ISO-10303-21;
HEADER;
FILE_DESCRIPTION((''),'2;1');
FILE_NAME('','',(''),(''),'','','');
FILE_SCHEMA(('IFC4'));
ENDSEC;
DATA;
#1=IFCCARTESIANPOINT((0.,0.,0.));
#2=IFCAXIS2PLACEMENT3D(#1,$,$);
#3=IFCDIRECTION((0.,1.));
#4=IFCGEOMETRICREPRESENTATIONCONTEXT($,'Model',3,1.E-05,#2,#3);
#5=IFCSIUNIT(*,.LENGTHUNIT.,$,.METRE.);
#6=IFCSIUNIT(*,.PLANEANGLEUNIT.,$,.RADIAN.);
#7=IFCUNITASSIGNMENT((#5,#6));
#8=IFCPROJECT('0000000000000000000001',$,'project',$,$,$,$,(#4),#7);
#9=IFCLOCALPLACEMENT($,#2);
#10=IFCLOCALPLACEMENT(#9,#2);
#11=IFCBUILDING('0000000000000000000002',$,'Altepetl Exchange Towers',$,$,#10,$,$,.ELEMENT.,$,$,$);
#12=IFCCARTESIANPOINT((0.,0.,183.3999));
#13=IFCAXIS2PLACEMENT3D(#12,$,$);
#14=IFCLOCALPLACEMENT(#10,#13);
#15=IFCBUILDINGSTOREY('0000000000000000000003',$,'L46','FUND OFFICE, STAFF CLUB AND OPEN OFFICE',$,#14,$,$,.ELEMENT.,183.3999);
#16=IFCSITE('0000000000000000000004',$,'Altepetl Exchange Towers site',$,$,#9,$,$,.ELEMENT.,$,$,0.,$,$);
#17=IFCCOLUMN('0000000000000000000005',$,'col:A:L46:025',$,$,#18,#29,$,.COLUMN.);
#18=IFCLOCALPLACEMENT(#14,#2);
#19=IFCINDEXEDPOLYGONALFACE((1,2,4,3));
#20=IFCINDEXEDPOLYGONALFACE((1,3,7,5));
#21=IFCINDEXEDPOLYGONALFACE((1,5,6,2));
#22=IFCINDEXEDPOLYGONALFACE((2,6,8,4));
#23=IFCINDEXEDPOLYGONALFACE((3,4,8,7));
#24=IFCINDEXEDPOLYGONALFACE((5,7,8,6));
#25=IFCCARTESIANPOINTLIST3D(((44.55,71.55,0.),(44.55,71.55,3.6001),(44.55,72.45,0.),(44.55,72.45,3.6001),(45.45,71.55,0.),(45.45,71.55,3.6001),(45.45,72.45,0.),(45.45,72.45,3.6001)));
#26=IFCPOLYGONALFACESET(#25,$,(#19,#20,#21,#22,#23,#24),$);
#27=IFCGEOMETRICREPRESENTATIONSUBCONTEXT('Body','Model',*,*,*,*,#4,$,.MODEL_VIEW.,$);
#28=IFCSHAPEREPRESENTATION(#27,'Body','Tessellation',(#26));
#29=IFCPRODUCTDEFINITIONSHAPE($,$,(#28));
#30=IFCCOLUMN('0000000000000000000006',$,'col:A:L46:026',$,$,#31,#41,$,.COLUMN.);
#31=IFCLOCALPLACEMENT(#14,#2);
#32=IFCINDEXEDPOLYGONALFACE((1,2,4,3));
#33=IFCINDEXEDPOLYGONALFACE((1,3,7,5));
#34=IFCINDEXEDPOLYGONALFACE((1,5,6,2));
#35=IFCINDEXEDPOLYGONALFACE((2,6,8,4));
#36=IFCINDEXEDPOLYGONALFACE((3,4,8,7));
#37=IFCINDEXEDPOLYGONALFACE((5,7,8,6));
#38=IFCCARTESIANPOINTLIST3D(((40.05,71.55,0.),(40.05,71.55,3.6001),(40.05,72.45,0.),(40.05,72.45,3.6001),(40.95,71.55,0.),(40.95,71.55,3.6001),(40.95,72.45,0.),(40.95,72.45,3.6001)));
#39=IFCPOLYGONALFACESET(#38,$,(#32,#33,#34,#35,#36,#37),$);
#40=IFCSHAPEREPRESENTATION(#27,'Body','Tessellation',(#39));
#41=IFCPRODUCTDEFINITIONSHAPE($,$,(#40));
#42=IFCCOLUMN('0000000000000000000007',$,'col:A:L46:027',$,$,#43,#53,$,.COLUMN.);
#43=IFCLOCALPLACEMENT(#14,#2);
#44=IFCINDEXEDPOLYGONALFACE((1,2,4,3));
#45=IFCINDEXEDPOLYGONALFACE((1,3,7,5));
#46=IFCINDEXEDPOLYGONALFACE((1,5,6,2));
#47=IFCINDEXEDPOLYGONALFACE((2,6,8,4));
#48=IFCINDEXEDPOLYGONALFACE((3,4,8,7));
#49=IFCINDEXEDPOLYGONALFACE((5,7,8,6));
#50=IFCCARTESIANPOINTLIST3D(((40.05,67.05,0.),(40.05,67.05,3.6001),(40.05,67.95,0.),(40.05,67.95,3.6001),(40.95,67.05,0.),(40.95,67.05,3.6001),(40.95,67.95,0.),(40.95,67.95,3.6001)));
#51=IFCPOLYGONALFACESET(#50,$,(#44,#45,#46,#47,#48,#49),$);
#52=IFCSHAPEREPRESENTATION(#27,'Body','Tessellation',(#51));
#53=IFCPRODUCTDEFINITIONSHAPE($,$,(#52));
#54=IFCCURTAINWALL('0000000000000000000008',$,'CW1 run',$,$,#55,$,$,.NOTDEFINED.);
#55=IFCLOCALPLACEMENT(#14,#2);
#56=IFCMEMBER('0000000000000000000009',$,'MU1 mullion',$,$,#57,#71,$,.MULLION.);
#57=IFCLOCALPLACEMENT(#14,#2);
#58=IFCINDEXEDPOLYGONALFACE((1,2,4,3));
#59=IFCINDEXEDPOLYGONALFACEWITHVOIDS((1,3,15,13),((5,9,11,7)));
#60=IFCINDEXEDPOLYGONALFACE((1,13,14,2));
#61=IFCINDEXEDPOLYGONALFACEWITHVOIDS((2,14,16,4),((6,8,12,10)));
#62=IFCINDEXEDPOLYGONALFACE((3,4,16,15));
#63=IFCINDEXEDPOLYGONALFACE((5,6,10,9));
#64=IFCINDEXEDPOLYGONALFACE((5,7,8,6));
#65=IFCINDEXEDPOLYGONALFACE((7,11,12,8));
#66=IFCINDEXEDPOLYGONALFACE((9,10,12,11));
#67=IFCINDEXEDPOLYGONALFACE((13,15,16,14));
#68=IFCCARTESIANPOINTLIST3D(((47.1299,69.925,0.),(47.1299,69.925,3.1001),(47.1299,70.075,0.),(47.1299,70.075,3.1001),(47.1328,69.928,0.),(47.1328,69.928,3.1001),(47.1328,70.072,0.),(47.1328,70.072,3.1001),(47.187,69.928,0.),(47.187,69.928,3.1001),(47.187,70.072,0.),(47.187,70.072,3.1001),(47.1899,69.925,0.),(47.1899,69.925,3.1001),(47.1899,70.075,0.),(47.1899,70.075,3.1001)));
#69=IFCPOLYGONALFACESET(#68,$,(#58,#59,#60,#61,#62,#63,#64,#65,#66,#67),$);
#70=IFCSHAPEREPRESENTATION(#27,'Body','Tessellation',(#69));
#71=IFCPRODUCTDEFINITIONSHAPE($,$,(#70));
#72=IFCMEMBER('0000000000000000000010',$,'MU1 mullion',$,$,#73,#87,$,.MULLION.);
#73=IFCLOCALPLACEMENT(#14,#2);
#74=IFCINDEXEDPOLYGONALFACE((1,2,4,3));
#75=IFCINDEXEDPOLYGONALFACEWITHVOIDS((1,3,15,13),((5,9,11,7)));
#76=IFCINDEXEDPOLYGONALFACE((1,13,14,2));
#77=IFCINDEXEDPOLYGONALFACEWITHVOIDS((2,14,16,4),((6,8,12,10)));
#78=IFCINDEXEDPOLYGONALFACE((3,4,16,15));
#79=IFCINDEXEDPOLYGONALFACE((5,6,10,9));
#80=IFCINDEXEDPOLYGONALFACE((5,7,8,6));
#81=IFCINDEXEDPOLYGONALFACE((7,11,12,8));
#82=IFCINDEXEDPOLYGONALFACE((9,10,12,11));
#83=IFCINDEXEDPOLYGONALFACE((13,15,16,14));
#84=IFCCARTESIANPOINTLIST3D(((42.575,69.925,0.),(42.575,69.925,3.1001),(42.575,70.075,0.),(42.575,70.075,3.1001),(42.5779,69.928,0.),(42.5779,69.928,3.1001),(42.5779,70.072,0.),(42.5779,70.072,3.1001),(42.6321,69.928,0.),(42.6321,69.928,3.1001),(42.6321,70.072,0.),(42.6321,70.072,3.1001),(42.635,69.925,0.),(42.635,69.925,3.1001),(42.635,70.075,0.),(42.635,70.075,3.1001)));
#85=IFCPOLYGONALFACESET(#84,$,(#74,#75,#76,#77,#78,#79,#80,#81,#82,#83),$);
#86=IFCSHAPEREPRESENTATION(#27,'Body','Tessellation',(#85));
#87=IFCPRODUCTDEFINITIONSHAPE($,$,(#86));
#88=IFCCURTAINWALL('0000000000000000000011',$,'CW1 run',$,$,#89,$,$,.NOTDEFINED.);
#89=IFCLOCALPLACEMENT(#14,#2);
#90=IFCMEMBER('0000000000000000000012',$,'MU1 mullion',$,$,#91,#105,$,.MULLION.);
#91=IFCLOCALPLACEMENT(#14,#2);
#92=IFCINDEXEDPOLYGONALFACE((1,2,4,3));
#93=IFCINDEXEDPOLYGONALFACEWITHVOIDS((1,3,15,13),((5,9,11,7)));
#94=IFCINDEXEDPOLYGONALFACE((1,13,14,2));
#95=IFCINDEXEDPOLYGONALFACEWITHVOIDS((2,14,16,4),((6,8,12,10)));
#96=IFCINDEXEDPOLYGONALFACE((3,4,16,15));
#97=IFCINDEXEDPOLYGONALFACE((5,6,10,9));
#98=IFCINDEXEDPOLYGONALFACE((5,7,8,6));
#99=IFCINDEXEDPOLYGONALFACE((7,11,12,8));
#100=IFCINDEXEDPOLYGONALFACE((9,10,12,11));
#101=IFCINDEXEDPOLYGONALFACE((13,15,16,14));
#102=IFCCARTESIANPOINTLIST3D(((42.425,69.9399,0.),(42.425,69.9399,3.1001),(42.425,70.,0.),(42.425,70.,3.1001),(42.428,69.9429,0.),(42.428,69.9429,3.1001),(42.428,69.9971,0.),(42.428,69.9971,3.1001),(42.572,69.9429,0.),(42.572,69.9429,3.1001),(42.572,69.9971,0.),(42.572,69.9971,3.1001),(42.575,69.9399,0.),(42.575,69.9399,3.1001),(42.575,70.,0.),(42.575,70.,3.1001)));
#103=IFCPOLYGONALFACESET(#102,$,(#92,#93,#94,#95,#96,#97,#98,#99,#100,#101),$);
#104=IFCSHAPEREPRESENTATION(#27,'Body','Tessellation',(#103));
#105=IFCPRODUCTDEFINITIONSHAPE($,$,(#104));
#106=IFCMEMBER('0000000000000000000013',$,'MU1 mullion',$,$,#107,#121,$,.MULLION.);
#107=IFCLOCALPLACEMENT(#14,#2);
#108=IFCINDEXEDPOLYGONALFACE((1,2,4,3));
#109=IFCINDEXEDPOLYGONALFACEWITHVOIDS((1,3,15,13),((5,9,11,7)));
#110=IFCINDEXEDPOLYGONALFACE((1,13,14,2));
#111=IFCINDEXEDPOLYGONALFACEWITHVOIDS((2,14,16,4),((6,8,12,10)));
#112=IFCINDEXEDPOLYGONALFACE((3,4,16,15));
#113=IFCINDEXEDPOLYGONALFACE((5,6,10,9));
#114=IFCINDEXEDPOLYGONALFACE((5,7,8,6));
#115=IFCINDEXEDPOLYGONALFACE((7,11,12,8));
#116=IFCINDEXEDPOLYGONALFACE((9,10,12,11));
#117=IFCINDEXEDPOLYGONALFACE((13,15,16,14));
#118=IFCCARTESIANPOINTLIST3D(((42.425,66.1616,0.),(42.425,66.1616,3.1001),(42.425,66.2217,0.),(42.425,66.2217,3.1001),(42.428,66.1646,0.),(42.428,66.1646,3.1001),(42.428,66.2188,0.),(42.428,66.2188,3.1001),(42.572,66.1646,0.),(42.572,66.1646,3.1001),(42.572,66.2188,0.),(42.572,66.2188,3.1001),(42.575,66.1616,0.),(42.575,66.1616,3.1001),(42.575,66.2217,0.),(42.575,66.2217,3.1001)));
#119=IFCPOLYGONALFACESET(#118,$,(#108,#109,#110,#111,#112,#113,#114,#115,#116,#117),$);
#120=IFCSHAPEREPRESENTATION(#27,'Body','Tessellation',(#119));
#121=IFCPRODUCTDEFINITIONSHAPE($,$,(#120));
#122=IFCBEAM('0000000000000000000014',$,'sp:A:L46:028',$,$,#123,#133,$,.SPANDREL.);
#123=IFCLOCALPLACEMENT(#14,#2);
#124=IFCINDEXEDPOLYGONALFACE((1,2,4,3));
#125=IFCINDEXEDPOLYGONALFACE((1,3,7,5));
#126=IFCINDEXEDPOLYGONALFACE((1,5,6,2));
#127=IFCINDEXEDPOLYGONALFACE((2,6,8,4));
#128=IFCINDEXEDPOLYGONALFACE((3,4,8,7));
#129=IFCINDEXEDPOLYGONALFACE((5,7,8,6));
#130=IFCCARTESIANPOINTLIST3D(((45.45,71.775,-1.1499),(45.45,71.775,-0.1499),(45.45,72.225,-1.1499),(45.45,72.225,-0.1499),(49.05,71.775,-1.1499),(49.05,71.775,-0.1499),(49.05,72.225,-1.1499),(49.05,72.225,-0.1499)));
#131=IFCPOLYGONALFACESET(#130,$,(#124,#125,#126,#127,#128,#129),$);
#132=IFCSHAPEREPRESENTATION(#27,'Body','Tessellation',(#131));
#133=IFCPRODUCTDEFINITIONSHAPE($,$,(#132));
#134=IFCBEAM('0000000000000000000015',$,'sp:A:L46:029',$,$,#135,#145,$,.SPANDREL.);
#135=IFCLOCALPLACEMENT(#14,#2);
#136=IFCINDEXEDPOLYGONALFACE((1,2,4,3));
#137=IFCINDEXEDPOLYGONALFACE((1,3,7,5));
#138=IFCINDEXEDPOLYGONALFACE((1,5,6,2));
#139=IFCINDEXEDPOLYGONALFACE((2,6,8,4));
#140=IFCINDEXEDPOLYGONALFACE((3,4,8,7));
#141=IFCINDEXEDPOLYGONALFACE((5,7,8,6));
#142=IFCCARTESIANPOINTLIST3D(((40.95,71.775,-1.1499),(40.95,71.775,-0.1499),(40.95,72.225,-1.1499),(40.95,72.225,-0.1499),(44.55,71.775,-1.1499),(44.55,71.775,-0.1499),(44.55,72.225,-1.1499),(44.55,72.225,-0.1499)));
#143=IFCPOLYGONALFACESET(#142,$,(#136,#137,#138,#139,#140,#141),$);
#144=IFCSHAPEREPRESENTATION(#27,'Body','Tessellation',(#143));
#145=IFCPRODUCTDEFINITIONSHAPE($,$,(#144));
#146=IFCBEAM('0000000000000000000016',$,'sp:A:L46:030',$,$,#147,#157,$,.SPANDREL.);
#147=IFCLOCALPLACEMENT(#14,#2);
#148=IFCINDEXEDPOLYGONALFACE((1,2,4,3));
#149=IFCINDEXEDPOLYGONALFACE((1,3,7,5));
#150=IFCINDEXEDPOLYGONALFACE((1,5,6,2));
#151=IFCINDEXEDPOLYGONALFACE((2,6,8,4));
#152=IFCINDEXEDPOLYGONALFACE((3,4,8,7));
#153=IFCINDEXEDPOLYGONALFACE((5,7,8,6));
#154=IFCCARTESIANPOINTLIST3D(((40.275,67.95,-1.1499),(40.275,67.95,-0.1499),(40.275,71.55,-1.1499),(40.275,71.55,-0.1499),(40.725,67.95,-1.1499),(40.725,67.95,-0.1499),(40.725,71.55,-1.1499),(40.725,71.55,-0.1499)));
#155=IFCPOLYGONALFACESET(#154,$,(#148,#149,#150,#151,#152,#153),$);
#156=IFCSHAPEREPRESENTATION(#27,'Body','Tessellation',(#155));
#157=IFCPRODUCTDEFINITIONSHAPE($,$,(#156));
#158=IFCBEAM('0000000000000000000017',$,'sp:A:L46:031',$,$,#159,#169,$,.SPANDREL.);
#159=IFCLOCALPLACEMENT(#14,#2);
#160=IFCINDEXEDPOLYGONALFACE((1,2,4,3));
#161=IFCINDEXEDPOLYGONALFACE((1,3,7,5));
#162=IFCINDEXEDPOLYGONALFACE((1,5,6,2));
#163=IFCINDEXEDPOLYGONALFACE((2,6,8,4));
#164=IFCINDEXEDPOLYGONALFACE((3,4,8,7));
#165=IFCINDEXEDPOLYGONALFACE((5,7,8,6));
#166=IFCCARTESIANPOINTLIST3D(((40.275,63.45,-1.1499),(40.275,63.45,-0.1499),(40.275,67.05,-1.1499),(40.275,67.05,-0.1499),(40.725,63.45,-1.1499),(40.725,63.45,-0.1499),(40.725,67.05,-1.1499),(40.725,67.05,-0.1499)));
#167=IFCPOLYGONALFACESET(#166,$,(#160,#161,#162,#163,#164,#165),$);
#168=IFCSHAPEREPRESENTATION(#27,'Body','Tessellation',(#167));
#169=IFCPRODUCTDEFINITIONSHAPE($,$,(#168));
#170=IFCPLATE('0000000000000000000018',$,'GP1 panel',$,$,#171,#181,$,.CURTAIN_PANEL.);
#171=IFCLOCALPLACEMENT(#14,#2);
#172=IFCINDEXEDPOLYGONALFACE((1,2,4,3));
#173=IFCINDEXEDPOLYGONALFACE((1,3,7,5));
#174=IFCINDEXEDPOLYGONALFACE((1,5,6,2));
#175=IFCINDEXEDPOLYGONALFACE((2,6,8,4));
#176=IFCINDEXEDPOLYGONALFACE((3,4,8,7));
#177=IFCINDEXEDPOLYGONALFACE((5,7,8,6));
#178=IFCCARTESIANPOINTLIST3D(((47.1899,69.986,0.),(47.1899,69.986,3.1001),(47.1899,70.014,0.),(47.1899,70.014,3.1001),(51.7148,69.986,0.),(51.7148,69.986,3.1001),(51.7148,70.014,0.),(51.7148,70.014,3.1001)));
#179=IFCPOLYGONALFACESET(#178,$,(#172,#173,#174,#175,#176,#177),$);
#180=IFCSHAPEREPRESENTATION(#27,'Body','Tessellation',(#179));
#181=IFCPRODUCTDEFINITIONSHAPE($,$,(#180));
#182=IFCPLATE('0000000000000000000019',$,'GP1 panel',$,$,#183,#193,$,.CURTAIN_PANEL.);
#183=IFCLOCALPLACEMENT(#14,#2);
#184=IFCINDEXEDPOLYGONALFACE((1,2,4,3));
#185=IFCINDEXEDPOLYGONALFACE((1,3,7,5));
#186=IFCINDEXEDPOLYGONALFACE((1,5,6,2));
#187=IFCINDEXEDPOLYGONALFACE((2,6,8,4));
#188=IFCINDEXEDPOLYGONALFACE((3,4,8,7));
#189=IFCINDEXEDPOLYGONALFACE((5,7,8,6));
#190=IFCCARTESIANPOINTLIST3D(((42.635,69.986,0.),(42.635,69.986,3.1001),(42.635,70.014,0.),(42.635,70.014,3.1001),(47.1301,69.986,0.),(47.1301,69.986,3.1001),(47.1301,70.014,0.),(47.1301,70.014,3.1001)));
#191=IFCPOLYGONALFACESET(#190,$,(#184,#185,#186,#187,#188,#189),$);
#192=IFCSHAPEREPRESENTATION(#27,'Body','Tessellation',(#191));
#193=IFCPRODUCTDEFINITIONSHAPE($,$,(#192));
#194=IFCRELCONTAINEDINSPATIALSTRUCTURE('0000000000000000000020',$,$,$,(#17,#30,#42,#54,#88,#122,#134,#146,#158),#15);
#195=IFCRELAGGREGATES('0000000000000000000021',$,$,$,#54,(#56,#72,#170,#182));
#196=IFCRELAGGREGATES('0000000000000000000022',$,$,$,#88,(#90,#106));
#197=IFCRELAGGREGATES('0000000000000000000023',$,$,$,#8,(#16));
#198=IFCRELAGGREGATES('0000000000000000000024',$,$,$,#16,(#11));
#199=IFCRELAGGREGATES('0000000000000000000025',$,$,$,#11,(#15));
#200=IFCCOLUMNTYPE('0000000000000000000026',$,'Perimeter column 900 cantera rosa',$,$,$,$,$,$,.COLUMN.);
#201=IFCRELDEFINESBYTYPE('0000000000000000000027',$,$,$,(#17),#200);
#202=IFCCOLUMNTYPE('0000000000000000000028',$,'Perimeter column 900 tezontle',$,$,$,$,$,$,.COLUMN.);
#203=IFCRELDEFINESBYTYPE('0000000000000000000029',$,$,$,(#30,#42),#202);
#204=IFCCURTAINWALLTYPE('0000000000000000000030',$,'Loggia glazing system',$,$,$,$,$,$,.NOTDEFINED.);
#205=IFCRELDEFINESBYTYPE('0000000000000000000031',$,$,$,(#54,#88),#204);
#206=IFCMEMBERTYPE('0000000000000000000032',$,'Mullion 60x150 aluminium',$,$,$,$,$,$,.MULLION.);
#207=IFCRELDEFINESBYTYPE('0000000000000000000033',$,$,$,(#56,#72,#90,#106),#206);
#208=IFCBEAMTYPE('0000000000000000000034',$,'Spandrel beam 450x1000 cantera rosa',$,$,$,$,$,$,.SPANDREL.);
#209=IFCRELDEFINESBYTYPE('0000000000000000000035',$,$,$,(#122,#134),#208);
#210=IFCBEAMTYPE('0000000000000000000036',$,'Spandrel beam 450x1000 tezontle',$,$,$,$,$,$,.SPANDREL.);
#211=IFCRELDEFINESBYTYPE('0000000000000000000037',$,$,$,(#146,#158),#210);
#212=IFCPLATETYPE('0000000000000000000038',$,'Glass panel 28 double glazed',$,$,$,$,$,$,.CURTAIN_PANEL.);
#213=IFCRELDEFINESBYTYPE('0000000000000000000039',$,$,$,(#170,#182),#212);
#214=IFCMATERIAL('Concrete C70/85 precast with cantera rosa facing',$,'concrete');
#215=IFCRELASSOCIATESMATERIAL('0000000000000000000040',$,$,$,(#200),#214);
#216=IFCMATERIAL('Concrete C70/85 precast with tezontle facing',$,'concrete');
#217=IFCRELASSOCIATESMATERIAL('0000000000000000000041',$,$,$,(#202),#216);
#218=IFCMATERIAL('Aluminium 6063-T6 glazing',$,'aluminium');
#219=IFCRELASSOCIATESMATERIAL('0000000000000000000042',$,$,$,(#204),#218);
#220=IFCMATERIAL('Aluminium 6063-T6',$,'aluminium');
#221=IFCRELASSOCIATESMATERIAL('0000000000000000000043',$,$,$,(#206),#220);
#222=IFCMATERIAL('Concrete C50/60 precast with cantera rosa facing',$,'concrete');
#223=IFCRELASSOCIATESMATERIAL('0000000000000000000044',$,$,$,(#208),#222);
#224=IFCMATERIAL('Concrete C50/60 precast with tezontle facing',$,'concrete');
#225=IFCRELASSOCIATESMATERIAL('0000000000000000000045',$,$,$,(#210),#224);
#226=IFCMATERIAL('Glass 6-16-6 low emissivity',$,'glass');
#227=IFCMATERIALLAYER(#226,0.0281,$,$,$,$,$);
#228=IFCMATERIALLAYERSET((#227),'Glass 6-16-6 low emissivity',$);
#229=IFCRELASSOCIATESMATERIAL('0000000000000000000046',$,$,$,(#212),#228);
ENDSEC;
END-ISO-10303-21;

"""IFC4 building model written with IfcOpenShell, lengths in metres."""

from ifc_helpers import new_model, si_unit, direction, frame, origin, origin_2d, place, context, subcontext, project, spatial, rectangle, hollow_rectangle, extrude, material, layer, layer_set, material_profile, profile_set, type_object, element, aggregate, save


model = new_model("IFC4")

# Units and contexts
model_context = context("Model", 3, precision=1e-05, world=origin(), true_north=direction((0.0, 1.0)))
body_context = subcontext(model_context, "Body", "Model", "MODEL_VIEW")
ifc_project = project(units=[si_unit("LENGTHUNIT", "METRE"), si_unit("PLANEANGLEUNIT", "RADIAN")], contexts=[model_context])

# Site, building, storey
site_placement = place(None, origin())
site = spatial("IfcSite", under=ifc_project, at=site_placement, Name="Altepetl Exchange Towers site", CompositionType="ELEMENT", RefElevation=0.0)
building_placement = place(site_placement, origin())
building = spatial("IfcBuilding", under=site, at=building_placement, Name="Altepetl Exchange Towers", CompositionType="ELEMENT")
storey_placement = place(building_placement, frame((0.0, 0.0, 183.3999)))
storey = spatial("IfcBuildingStorey", under=building, at=storey_placement, Name="L46", Description="FUND OFFICE, STAFF CLUB AND OPEN OFFICE", CompositionType="ELEMENT", Elevation=183.3999)

# Columns
ifc_material_1 = material(Name="Concrete C70/85 precast with cantera rosa facing", Category="concrete")
ifc_material_profile_1 = material_profile(ifc_material_1, rectangle(XDim=0.8999, YDim=0.8999, at=origin_2d()), Name="900 x 900")
ifc_profile_set_1 = profile_set([ifc_material_profile_1], Name="Concrete C70/85 precast with cantera rosa facing")
column_type_1 = type_object("IfcColumnType", Name="Perimeter column 900 cantera rosa", PredefinedType="COLUMN", material=ifc_profile_set_1)
column_placement = place(storey_placement, frame((45.0, 72.0, 0.0)))
element("IfcColumn", 1, at=column_placement, inside=storey, type_object=column_type_1, Name="col:A:L46:025", PredefinedType="COLUMN", context=body_context, shape_type="SweptSolid", body=[
    extrude(rectangle(XDim=0.8999, YDim=0.8999, at=origin_2d()), origin(), (0.0, 0.0, 1.0), 3.6001),
])
ifc_material_2 = material(Name="Concrete C70/85 precast with tezontle facing", Category="concrete")
ifc_material_profile_2 = material_profile(ifc_material_2, rectangle(XDim=0.8999, YDim=0.8999, at=origin_2d()), Name="900 x 900")
ifc_profile_set_2 = profile_set([ifc_material_profile_2], Name="Concrete C70/85 precast with tezontle facing")
column_type_2 = type_object("IfcColumnType", Name="Perimeter column 900 tezontle", PredefinedType="COLUMN", material=ifc_profile_set_2)
for number, where, name in (
    (2, (40.5, 72.0, 0.0), "col:A:L46:026"),
    (3, (40.5, 67.5, 0.0), "col:A:L46:027"),
):
    element("IfcColumn", number, at=place(storey_placement, frame(where)), inside=storey, type_object=column_type_2, Name=name, PredefinedType="COLUMN", context=body_context, shape_type="SweptSolid", body=[
        extrude(rectangle(XDim=0.8999, YDim=0.8999, at=origin_2d()), origin(), (0.0, 0.0, 1.0), 3.6001),
    ])

# Curtain walls, members
ifc_material_3 = material(Name="Aluminium 6063-T6 glazing", Category="aluminium")
curtain_wall_type = type_object("IfcCurtainWallType", Name="Loggia glazing system", PredefinedType="NOTDEFINED", material=ifc_material_3)
curtain_wall_1_placement = place(storey_placement, origin())
curtain_wall_1 = element("IfcCurtainWall", 4, at=curtain_wall_1_placement, inside=storey, type_object=curtain_wall_type, Name="CW1 run", PredefinedType="NOTDEFINED")
ifc_material_4 = material(Name="Aluminium 6063-T6", Category="aluminium")
ifc_material_profile_3 = material_profile(ifc_material_4, hollow_rectangle(XDim=0.0601, YDim=0.1499, WallThickness=0.0029, at=origin_2d()), Name="Mullion 60x150 aluminium")
ifc_profile_set_3 = profile_set([ifc_material_profile_3], Name="Aluminium 6063-T6")
member_type = type_object("IfcMemberType", Name="Mullion 60x150 aluminium", PredefinedType="MULLION", material=ifc_profile_set_3)
member_1_placement = place(storey_placement, frame((47.1599, 70.0, 0.0), z_axis=(0.0, 0.0, 1.0), x_axis=(-1.0, 0.0, 0.0)))
member_1 = element("IfcMember", 5, at=member_1_placement, type_object=member_type, Name="MU1 mullion", PredefinedType="MULLION", context=body_context, shape_type="SweptSolid", body=[
    extrude(hollow_rectangle(XDim=0.0601, YDim=0.1499, WallThickness=0.0029, at=origin_2d()), origin(), (0.0, 0.0, 1.0), 3.1001),
])
member_2_placement = place(storey_placement, frame((42.605, 70.0, 0.0), z_axis=(0.0, 0.0, 1.0), x_axis=(-1.0, 0.0, 0.0)))
member_2 = element("IfcMember", 6, at=member_2_placement, type_object=member_type, Name="MU1 mullion", PredefinedType="MULLION", context=body_context, shape_type="SweptSolid", body=[
    extrude(hollow_rectangle(XDim=0.0601, YDim=0.1499, WallThickness=0.0029, at=origin_2d()), origin(), (0.0, 0.0, 1.0), 3.1001),
])
curtain_wall_2_placement = place(storey_placement, origin())
curtain_wall_2 = element("IfcCurtainWall", 7, at=curtain_wall_2_placement, inside=storey, type_object=curtain_wall_type, Name="CW1 run", PredefinedType="NOTDEFINED")
member_3_placement = place(storey_placement, frame((42.5, 69.97, 0.0), z_axis=(0.0, 0.0, 1.0), x_axis=(0.0, -1.0, 0.0)))
member_3 = element("IfcMember", 8, at=member_3_placement, type_object=member_type, Name="MU1 mullion", PredefinedType="MULLION", context=body_context, shape_type="SweptSolid", body=[
    extrude(hollow_rectangle(XDim=0.0601, YDim=0.1499, WallThickness=0.0029, at=origin_2d()), origin(), (0.0, 0.0, 1.0), 3.1001),
])
member_4_placement = place(storey_placement, frame((42.5, 66.1917, 0.0), z_axis=(0.0, 0.0, 1.0), x_axis=(0.0, -1.0, 0.0)))
member_4 = element("IfcMember", 9, at=member_4_placement, type_object=member_type, Name="MU1 mullion", PredefinedType="MULLION", context=body_context, shape_type="SweptSolid", body=[
    extrude(hollow_rectangle(XDim=0.0601, YDim=0.1499, WallThickness=0.0029, at=origin_2d()), origin(), (0.0, 0.0, 1.0), 3.1001),
])

# Beams
ifc_material_5 = material(Name="Concrete C50/60 precast with cantera rosa facing", Category="concrete")
ifc_material_profile_4 = material_profile(ifc_material_5, rectangle(XDim=0.45, YDim=1.0, at=origin_2d()), Name="450 x 1000")
ifc_profile_set_4 = profile_set([ifc_material_profile_4], Name="Concrete C50/60 precast with cantera rosa facing")
beam_type_1 = type_object("IfcBeamType", Name="Spandrel beam 450x1000 cantera rosa", PredefinedType="SPANDREL", material=ifc_profile_set_4)
for number, where, z_axis, x_axis, name in (
    (10, (49.05, 72.0, -0.6499), (-1.0, 0.0, 0.0), (0.0, -1.0, 0.0), "sp:A:L46:028"),
    (11, (44.55, 72.0, -0.6499), (-1.0, 0.0, 0.0), (0.0, -1.0, 0.0), "sp:A:L46:029"),
):
    element("IfcBeam", number, at=place(storey_placement, frame(where, z_axis=z_axis, x_axis=x_axis)), inside=storey, type_object=beam_type_1, Name=name, PredefinedType="SPANDREL", context=body_context, shape_type="SweptSolid", body=[
        extrude(rectangle(XDim=0.45, YDim=1.0, at=origin_2d()), origin(), (0.0, 0.0, 1.0), 3.6001),
    ])
ifc_material_6 = material(Name="Concrete C50/60 precast with tezontle facing", Category="concrete")
ifc_material_profile_5 = material_profile(ifc_material_6, rectangle(XDim=0.45, YDim=1.0, at=origin_2d()), Name="450 x 1000")
ifc_profile_set_5 = profile_set([ifc_material_profile_5], Name="Concrete C50/60 precast with tezontle facing")
beam_type_2 = type_object("IfcBeamType", Name="Spandrel beam 450x1000 tezontle", PredefinedType="SPANDREL", material=ifc_profile_set_5)
for number, where, z_axis, x_axis, name in (
    (12, (40.5, 71.55, -0.6499), (0.0, -1.0, 0.0), (1.0, 0.0, 0.0), "sp:A:L46:030"),
    (13, (40.5, 67.05, -0.6499), (0.0, -1.0, 0.0), (1.0, 0.0, 0.0), "sp:A:L46:031"),
):
    element("IfcBeam", number, at=place(storey_placement, frame(where, z_axis=z_axis, x_axis=x_axis)), inside=storey, type_object=beam_type_2, Name=name, PredefinedType="SPANDREL", context=body_context, shape_type="SweptSolid", body=[
        extrude(rectangle(XDim=0.45, YDim=1.0, at=origin_2d()), origin(), (0.0, 0.0, 1.0), 3.6001),
    ])

# Plates
ifc_material_7 = material(Name="Glass 6-16-6 low emissivity", Category="glass")
ifc_layer = layer(ifc_material_7, 0.0281)
ifc_layer_set = layer_set([ifc_layer], Name="Glass 6-16-6 low emissivity")
plate_type = type_object("IfcPlateType", Name="Glass panel 28 double glazed", PredefinedType="CURTAIN_PANEL", material=ifc_layer_set)
plate_1_placement = place(storey_placement, frame((49.4524, 70.0, 0.0), z_axis=(0.0, 0.0, 1.0), x_axis=(-1.0, 0.0, 0.0)))
plate_1 = element("IfcPlate", 14, at=plate_1_placement, type_object=plate_type, Name="GP1 panel", PredefinedType="CURTAIN_PANEL", context=body_context, shape_type="SweptSolid", body=[
    extrude(rectangle(XDim=4.5249, YDim=0.0281, at=origin_2d()), origin(), (0.0, 0.0, 1.0), 3.1001),
])
plate_2_placement = place(storey_placement, frame((44.8826, 70.0, 0.0), z_axis=(0.0, 0.0, 1.0), x_axis=(-1.0, 0.0, 0.0)))
plate_2 = element("IfcPlate", 15, at=plate_2_placement, type_object=plate_type, Name="GP1 panel", PredefinedType="CURTAIN_PANEL", context=body_context, shape_type="SweptSolid", body=[
    extrude(rectangle(XDim=4.4951, YDim=0.0281, at=origin_2d()), origin(), (0.0, 0.0, 1.0), 3.1001),
])
aggregate(curtain_wall_1, [member_1, member_2, plate_1, plate_2])
aggregate(curtain_wall_2, [member_3, member_4])

save(model, "model.ifc")
